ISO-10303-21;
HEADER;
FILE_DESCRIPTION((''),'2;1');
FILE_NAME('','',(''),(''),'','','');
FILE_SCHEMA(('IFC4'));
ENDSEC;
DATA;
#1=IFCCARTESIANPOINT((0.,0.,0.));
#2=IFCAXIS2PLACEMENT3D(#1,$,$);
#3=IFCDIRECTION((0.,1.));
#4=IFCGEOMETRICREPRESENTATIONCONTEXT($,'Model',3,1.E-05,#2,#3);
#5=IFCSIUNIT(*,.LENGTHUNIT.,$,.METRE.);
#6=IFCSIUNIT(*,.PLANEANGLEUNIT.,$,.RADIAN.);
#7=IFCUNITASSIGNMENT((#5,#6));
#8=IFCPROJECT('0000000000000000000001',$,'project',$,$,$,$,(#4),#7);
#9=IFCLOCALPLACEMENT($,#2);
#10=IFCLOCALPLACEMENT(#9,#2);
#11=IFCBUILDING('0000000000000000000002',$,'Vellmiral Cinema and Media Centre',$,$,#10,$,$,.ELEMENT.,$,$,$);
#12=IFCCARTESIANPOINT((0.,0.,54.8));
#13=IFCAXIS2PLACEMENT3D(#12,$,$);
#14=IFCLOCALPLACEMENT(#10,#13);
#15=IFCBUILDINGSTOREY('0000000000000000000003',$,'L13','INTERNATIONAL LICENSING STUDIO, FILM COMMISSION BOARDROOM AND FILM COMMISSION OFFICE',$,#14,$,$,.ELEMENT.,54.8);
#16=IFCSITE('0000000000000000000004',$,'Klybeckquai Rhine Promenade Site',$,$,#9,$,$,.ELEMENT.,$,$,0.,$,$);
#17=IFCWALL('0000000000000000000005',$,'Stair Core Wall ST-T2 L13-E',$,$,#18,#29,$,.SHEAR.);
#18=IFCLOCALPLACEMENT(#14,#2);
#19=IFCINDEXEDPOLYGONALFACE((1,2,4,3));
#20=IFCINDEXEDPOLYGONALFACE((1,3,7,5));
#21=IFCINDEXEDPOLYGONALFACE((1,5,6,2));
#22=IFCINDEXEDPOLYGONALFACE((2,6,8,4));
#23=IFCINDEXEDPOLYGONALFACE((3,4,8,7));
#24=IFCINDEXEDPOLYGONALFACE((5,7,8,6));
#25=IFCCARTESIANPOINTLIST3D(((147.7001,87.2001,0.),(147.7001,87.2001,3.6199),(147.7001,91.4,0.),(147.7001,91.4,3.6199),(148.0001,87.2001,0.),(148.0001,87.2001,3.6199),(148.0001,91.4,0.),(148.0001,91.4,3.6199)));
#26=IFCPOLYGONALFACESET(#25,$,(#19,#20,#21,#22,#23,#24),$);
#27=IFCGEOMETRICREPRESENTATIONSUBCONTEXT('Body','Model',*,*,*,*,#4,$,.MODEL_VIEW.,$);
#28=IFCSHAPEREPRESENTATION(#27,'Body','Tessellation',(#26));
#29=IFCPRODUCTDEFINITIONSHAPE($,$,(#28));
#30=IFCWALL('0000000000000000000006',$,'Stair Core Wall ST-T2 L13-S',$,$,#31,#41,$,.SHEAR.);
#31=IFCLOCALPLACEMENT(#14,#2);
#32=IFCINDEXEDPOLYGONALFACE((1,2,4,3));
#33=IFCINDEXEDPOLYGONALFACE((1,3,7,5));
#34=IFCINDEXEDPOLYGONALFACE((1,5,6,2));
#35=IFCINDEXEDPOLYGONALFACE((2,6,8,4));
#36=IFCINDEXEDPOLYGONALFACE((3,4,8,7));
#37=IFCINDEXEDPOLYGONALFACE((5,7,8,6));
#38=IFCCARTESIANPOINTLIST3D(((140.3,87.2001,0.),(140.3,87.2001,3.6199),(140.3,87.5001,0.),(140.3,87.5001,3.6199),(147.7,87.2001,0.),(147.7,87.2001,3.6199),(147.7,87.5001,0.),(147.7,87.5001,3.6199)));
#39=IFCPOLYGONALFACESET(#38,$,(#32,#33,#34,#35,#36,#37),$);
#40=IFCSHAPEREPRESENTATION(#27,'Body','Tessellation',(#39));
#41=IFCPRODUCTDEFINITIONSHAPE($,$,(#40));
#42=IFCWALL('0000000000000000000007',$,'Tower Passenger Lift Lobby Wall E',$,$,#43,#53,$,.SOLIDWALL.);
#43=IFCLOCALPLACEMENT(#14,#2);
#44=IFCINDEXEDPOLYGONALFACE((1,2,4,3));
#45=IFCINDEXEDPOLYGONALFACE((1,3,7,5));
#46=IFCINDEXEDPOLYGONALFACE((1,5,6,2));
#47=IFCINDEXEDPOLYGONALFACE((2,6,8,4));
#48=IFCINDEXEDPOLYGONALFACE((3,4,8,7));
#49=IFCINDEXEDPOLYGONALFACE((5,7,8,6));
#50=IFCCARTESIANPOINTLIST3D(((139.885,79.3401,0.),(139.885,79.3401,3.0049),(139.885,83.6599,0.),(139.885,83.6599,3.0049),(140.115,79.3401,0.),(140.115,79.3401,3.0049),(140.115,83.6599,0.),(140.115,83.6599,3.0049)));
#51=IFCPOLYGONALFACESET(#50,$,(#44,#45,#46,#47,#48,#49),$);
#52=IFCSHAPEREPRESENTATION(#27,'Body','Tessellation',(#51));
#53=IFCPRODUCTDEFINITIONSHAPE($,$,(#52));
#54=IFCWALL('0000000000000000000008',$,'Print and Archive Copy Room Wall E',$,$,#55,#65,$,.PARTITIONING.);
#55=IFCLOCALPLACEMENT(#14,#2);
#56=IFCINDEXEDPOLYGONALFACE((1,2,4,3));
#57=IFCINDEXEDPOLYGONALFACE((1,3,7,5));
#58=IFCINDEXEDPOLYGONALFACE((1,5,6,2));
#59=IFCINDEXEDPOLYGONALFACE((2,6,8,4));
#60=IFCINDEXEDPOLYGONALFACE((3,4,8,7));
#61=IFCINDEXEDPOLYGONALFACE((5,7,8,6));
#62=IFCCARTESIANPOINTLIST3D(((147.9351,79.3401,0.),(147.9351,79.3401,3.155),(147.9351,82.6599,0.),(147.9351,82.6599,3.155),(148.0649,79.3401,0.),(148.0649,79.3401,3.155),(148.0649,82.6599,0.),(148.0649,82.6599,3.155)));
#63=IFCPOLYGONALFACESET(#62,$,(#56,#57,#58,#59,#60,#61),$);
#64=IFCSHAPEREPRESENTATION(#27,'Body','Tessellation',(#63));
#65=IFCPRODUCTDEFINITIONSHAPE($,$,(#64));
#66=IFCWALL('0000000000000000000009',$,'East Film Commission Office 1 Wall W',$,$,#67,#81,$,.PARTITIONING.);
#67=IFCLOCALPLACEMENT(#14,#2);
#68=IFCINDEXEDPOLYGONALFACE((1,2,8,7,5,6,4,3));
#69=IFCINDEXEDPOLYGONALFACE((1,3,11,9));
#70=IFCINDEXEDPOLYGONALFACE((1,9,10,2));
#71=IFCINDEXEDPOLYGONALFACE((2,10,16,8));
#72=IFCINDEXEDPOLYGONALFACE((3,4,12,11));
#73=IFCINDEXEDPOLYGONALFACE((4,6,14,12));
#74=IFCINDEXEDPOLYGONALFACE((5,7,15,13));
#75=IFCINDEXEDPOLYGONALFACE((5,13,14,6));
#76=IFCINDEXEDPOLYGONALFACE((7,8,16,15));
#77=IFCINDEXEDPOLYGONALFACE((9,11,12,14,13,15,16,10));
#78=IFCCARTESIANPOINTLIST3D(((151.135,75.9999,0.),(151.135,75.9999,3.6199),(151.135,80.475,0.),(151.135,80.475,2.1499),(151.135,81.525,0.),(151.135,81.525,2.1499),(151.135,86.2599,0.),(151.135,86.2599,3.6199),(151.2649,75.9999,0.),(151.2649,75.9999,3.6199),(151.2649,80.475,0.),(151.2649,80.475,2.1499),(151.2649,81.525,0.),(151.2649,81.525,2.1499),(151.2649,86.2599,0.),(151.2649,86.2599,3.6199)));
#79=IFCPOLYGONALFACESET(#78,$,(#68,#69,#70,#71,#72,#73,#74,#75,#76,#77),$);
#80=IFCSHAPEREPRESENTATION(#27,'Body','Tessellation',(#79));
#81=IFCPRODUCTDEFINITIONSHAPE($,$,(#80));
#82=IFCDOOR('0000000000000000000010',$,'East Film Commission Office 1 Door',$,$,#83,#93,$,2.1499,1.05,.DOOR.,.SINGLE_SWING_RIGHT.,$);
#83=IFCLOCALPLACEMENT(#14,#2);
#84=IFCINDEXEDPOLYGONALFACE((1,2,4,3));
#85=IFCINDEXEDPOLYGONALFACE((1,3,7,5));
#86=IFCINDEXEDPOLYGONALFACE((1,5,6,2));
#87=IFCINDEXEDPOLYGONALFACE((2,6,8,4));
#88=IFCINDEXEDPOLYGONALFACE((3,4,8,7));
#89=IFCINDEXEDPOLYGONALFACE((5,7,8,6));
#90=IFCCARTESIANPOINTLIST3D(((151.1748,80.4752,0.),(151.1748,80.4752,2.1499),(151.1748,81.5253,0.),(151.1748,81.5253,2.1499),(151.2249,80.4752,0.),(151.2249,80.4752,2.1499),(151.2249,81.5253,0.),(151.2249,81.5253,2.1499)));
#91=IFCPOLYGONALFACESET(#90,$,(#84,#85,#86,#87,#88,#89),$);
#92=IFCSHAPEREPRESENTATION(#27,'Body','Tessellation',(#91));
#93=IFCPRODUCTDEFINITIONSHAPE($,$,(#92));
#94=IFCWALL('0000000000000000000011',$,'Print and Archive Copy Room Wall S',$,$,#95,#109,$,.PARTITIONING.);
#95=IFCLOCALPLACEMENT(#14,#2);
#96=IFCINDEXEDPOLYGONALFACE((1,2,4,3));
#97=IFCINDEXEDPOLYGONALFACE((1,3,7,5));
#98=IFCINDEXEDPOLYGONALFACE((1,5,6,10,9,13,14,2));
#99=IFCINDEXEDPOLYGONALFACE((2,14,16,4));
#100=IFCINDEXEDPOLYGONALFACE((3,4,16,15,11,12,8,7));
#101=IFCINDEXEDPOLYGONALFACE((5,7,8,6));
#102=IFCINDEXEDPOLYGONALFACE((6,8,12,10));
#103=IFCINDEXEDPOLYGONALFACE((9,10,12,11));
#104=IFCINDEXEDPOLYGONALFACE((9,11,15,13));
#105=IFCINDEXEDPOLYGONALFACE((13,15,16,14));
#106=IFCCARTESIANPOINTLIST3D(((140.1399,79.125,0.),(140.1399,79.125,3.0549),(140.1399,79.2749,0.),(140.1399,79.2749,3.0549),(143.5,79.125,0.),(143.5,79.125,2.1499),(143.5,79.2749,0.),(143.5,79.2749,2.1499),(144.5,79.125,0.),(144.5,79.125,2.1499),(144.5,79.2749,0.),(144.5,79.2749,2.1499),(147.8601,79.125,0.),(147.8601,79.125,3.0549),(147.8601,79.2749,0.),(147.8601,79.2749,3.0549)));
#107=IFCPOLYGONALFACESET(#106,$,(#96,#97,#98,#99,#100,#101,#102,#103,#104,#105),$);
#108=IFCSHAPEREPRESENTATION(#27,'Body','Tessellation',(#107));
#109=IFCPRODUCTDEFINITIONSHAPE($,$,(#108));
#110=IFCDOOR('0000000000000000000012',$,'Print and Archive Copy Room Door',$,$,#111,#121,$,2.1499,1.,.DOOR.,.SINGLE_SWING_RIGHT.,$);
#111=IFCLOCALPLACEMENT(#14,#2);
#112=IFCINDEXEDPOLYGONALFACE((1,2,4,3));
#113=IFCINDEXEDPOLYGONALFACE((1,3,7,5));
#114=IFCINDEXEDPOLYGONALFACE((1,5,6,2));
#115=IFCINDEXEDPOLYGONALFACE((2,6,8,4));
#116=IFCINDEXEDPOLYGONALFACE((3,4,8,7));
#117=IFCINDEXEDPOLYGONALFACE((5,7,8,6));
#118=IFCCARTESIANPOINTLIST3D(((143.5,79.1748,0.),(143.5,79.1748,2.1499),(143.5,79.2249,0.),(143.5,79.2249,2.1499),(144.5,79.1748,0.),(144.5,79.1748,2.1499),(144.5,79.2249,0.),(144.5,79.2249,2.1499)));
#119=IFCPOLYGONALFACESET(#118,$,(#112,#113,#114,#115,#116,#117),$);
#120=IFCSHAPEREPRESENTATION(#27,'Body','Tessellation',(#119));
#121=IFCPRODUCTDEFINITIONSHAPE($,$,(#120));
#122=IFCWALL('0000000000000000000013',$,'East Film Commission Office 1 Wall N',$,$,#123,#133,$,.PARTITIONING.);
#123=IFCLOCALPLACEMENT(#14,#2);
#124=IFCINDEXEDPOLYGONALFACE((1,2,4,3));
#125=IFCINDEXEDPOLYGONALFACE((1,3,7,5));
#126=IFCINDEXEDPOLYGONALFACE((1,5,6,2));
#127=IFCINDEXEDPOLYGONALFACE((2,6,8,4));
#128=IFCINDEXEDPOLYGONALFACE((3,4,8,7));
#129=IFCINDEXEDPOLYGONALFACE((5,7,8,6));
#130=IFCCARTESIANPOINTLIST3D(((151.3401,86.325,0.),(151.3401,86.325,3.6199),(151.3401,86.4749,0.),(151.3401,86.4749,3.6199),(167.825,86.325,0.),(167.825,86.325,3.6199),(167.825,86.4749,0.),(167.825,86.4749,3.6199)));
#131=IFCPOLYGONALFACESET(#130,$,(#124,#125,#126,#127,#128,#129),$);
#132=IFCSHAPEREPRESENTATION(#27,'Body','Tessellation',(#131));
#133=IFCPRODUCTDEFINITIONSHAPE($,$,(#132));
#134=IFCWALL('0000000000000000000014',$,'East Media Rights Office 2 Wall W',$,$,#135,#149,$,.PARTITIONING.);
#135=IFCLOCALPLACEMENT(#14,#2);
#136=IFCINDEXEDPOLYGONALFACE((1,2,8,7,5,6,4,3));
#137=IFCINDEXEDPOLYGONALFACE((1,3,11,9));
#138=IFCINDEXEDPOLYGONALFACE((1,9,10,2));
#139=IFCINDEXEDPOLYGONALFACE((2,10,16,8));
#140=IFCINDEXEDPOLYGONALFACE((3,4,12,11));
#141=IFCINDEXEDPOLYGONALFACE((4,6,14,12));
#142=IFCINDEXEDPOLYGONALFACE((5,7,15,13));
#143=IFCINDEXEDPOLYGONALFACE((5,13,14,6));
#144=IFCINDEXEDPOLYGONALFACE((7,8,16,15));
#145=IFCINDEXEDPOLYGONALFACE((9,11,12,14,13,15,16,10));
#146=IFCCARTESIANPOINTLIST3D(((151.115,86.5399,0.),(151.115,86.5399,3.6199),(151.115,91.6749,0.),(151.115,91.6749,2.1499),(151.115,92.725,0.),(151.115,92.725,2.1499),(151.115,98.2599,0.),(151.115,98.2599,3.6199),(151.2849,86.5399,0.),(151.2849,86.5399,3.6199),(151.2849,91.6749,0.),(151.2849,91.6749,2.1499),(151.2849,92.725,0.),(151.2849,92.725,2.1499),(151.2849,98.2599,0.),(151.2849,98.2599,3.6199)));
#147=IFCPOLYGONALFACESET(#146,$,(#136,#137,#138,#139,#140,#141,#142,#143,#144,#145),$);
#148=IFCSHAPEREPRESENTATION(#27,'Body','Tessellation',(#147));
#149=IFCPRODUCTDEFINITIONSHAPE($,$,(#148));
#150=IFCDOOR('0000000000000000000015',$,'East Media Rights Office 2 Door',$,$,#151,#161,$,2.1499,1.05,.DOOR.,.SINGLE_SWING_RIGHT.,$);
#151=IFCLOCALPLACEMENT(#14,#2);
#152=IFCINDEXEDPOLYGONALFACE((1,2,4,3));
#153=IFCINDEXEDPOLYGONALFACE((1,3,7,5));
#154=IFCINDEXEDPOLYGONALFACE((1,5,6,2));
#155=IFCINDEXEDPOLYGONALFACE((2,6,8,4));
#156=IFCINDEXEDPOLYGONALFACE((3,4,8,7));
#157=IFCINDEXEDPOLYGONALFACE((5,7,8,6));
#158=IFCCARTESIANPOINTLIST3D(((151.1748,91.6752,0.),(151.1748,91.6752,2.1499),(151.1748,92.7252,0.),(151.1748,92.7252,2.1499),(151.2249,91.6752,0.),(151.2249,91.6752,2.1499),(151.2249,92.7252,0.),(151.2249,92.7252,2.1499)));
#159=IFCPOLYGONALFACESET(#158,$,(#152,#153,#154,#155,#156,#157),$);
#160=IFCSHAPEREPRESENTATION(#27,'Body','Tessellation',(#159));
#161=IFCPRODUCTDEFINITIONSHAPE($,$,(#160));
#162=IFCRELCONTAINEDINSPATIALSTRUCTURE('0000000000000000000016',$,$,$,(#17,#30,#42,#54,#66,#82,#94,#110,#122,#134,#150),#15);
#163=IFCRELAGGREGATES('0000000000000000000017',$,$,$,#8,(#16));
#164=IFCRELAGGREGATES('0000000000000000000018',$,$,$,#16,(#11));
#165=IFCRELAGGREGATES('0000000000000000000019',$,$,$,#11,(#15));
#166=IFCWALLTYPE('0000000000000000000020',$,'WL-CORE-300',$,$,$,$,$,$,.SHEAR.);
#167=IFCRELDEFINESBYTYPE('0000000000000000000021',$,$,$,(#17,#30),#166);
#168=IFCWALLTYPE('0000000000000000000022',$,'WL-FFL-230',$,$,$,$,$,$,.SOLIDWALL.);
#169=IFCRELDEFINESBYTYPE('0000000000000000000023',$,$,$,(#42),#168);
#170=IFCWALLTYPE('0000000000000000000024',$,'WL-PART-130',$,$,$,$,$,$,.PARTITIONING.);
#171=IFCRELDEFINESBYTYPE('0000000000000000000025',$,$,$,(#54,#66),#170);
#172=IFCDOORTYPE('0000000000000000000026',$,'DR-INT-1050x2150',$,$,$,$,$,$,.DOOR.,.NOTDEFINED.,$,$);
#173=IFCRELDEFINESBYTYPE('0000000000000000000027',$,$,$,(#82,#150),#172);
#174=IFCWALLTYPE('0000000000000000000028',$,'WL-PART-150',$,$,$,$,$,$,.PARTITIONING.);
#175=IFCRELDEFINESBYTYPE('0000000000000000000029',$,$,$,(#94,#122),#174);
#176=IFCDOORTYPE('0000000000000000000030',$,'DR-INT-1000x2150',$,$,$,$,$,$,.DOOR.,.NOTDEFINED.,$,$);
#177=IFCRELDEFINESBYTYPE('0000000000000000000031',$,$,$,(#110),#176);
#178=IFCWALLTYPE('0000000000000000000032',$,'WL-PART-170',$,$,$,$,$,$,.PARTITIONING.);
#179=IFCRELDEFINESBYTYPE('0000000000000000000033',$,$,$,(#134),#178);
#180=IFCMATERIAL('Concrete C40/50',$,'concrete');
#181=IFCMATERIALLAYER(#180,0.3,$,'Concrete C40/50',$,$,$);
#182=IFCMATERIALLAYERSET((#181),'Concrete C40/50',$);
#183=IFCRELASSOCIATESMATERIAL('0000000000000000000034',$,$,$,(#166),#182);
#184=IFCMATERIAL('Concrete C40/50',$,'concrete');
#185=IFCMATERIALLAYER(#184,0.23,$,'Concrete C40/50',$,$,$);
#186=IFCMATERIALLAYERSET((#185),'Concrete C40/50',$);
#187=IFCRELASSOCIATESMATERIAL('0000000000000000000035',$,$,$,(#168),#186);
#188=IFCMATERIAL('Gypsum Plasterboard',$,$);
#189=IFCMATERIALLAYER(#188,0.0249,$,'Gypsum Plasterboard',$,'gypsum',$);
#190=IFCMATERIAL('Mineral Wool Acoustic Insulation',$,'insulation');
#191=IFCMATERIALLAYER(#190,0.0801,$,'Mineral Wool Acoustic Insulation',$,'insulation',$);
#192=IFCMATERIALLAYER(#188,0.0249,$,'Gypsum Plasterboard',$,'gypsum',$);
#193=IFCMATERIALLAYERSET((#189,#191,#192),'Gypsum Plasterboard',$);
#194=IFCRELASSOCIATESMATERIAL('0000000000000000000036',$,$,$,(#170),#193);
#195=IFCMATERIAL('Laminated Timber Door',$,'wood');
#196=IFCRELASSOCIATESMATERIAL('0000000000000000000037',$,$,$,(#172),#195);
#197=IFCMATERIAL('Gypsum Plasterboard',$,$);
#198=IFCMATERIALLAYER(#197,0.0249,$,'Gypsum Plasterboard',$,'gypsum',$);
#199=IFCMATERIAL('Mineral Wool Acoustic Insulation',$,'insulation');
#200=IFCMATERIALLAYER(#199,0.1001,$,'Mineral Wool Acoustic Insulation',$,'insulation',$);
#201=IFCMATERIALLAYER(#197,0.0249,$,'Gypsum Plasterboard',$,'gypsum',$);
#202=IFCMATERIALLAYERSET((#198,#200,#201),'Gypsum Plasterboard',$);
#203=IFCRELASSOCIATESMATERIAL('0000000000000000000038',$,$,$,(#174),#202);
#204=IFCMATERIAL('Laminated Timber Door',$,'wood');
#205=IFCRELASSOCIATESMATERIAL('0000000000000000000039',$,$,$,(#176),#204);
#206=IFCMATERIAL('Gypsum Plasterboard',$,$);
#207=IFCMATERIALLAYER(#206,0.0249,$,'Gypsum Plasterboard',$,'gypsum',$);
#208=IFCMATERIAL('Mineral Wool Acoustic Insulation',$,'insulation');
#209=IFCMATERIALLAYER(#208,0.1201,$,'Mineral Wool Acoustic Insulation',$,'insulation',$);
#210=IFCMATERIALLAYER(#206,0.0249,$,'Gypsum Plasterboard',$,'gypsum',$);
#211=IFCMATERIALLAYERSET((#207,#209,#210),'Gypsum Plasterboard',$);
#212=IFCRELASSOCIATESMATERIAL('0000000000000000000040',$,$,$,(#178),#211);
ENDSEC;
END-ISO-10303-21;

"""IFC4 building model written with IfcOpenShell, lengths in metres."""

from ifc_helpers import new_model, si_unit, direction, frame, frame_2d, origin, place, context, subcontext, project, spatial, rectangle, extrude, material, layer, layer_set, type_object, element, fill, save


model = new_model("IFC4")

# Units and contexts
model_context = context("Model", 3, precision=1e-05, world=origin(), true_north=direction((0.0, 1.0)))
body_context = subcontext(model_context, "Body", "Model", "MODEL_VIEW")
ifc_project = project(units=[si_unit("LENGTHUNIT", "METRE"), si_unit("PLANEANGLEUNIT", "RADIAN")], contexts=[model_context])

# Site, building, storey
site_placement = place(None, origin())
site = spatial("IfcSite", under=ifc_project, at=site_placement, Name="Klybeckquai Rhine Promenade Site", CompositionType="ELEMENT", RefElevation=0.0)
building_placement = place(site_placement, origin())
building = spatial("IfcBuilding", under=site, at=building_placement, Name="Vellmiral Cinema and Media Centre", CompositionType="ELEMENT")
storey_placement = place(building_placement, frame((0.0, 0.0, 54.8)))
storey = spatial("IfcBuildingStorey", under=building, at=storey_placement, Name="L13", Description="INTERNATIONAL LICENSING STUDIO, FILM COMMISSION BOARDROOM AND FILM COMMISSION OFFICE", CompositionType="ELEMENT", Elevation=54.8)

# Walls
ifc_material_1 = material(Name="Concrete C40/50", Category="concrete")
ifc_layer_1 = layer(ifc_material_1, 0.3, Name="Concrete C40/50")
ifc_layer_set_1 = layer_set([ifc_layer_1], Name="Concrete C40/50")
wall_type_1 = type_object("IfcWallType", Name="WL-CORE-300", PredefinedType="SHEAR", material=ifc_layer_set_1)
for number, where, z_axis, x_axis, name in (
    (1, (147.8501, 87.2, 0.0), (0.0, 0.0, 1.0), (0.0, 1.0, 0.0), "Stair Core Wall ST-T2 L13-E"),
):
    element("IfcWall", number, at=place(storey_placement, frame(where, z_axis=z_axis, x_axis=x_axis)), inside=storey, type_object=wall_type_1, Name=name, PredefinedType="SHEAR", context=body_context, shape_type="SweptSolid", body=[
        extrude(rectangle(XDim=4.2, YDim=0.3, at=frame_2d((2.1001, 0.0))), origin(), (0.0, 0.0, 1.0), 3.6199),
    ])
wall_1_placement = place(storey_placement, frame((140.3, 87.3501, 0.0), z_axis=(0.0, 0.0, 1.0), x_axis=(1.0, 0.0, 0.0)))
element("IfcWall", 2, at=wall_1_placement, inside=storey, type_object=wall_type_1, Name="Stair Core Wall ST-T2 L13-S", PredefinedType="SHEAR", context=body_context, shape_type="SweptSolid", body=[
    extrude(rectangle(XDim=7.3999, YDim=0.3, at=frame_2d((3.7, 0.0))), origin(), (0.0, 0.0, 1.0), 3.6199),
])
ifc_material_2 = material(Name="Concrete C40/50", Category="concrete")
ifc_layer_2 = layer(ifc_material_2, 0.23, Name="Concrete C40/50")
ifc_layer_set_2 = layer_set([ifc_layer_2], Name="Concrete C40/50")
wall_type_2 = type_object("IfcWallType", Name="WL-FFL-230", PredefinedType="SOLIDWALL", material=ifc_layer_set_2)
wall_2_placement = place(storey_placement, frame((140.0, 79.3401, 0.0), z_axis=(0.0, 0.0, 1.0), x_axis=(0.0, 1.0, 0.0)))
element("IfcWall", 3, at=wall_2_placement, inside=storey, type_object=wall_type_2, Name="Tower Passenger Lift Lobby Wall E", PredefinedType="SOLIDWALL", context=body_context, shape_type="SweptSolid", body=[
    extrude(rectangle(XDim=4.3198, YDim=0.23, at=frame_2d((2.1599, 0.0))), origin(), (0.0, 0.0, 1.0), 3.0049),
])
ifc_material_3 = material(Name="Gypsum Plasterboard")
ifc_layer_3 = layer(ifc_material_3, 0.0249, Name="Gypsum Plasterboard", Category="gypsum")
ifc_material_4 = material(Name="Mineral Wool Acoustic Insulation", Category="insulation")
ifc_layer_4 = layer(ifc_material_4, 0.0801, Name="Mineral Wool Acoustic Insulation", Category="insulation")
ifc_layer_5 = layer(ifc_material_3, 0.0249, Name="Gypsum Plasterboard", Category="gypsum")
ifc_layer_set_3 = layer_set([ifc_layer_3, ifc_layer_4, ifc_layer_5], Name="Gypsum Plasterboard")
wall_type_3 = type_object("IfcWallType", Name="WL-PART-130", PredefinedType="PARTITIONING", material=ifc_layer_set_3)
wall_3_placement = place(storey_placement, frame((148.0, 79.3401, 0.0), z_axis=(0.0, 0.0, 1.0), x_axis=(0.0, 1.0, 0.0)))
element("IfcWall", 4, at=wall_3_placement, inside=storey, type_object=wall_type_3, Name="Print and Archive Copy Room Wall E", PredefinedType="PARTITIONING", context=body_context, shape_type="SweptSolid", body=[
    extrude(rectangle(XDim=3.3198, YDim=0.1299, at=frame_2d((1.6599, 0.0))), origin(), (0.0, 0.0, 1.0), 3.155),
])

# Walls, openings, doors
wall_4_placement = place(storey_placement, frame((151.2, 76.0, 0.0), z_axis=(0.0, 0.0, 1.0), x_axis=(0.0, 1.0, 0.0)))
wall_4 = element("IfcWall", 5, at=wall_4_placement, inside=storey, type_object=wall_type_3, Name="East Film Commission Office 1 Wall W", PredefinedType="PARTITIONING", context=body_context, shape_type="SweptSolid", body=[
    extrude(rectangle(XDim=10.26, YDim=0.1299, at=frame_2d((5.1299, 0.0))), origin(), (0.0, 0.0, 1.0), 3.6199),
])
opening_1_placement = place(wall_4_placement, frame((4.4751, 0.0, 0.0)))
opening_1 = element("IfcOpeningElement", 6, at=opening_1_placement, cuts=wall_4, PredefinedType="OPENING", context=body_context, shape_type="SweptSolid", body=[
    extrude(rectangle(XDim=1.05, YDim=2.1499, at=frame_2d((0.5249, 1.075))), frame((0.0, 0.0769, 0.0), z_axis=(0.0, -1.0, 0.0), x_axis=(1.0, 0.0, 0.0)), (0.0, 0.0, 1.0), 0.1538),
])
ifc_material_5 = material(Name="Laminated Timber Door", Category="wood")
door_type_1 = type_object("IfcDoorType", Name="DR-INT-1050x2150", OperationType="NOTDEFINED", PredefinedType="DOOR", material=ifc_material_5)
door_1_placement = place(opening_1_placement, frame((1.05, 0.0, 0.0), z_axis=(0.0, 0.0, 1.0), x_axis=(-1.0, 0.0, 0.0)))
door_1 = element("IfcDoor", 7, at=door_1_placement, inside=storey, type_object=door_type_1, Name="East Film Commission Office 1 Door", OperationType="SINGLE_SWING_RIGHT", OverallHeight=2.1499, OverallWidth=1.05, PredefinedType="DOOR", context=body_context, shape_type="SweptSolid", body=[
    extrude(rectangle(XDim=1.05, YDim=2.1499, at=frame_2d((0.5249, 1.075))), frame((0.0, 0.0249, 0.0), z_axis=(0.0, -1.0, 0.0), x_axis=(1.0, 0.0, 0.0)), (0.0, 0.0, 1.0), 0.05),
])
fill(opening_1, door_1)
ifc_material_6 = material(Name="Gypsum Plasterboard")
ifc_layer_6 = layer(ifc_material_6, 0.0249, Name="Gypsum Plasterboard", Category="gypsum")
ifc_material_7 = material(Name="Mineral Wool Acoustic Insulation", Category="insulation")
ifc_layer_7 = layer(ifc_material_7, 0.1001, Name="Mineral Wool Acoustic Insulation", Category="insulation")
ifc_layer_8 = layer(ifc_material_6, 0.0249, Name="Gypsum Plasterboard", Category="gypsum")
ifc_layer_set_4 = layer_set([ifc_layer_6, ifc_layer_7, ifc_layer_8], Name="Gypsum Plasterboard")
wall_type_4 = type_object("IfcWallType", Name="WL-PART-150", PredefinedType="PARTITIONING", material=ifc_layer_set_4)
wall_5_placement = place(storey_placement, frame((140.1399, 79.2, 0.0), z_axis=(0.0, 0.0, 1.0), x_axis=(1.0, 0.0, 0.0)))
wall_5 = element("IfcWall", 8, at=wall_5_placement, inside=storey, type_object=wall_type_4, Name="Print and Archive Copy Room Wall S", PredefinedType="PARTITIONING", context=body_context, shape_type="SweptSolid", body=[
    extrude(rectangle(XDim=7.7202, YDim=0.1499, at=frame_2d((3.8601, 0.0))), origin(), (0.0, 0.0, 1.0), 3.0549),
])
opening_2_placement = place(wall_5_placement, frame((3.3601, 0.0, 0.0)))
opening_2 = element("IfcOpeningElement", 9, at=opening_2_placement, cuts=wall_5, PredefinedType="OPENING", context=body_context, shape_type="SweptSolid", body=[
    extrude(rectangle(XDim=1.0, YDim=2.1499, at=frame_2d((0.5, 1.075))), frame((0.0, 0.0869, 0.0), z_axis=(0.0, -1.0, 0.0), x_axis=(1.0, 0.0, 0.0)), (0.0, 0.0, 1.0), 0.1738),
])
ifc_material_8 = material(Name="Laminated Timber Door", Category="wood")
door_type_2 = type_object("IfcDoorType", Name="DR-INT-1000x2150", OperationType="NOTDEFINED", PredefinedType="DOOR", material=ifc_material_8)
door_2_placement = place(opening_2_placement, origin())
door_2 = element("IfcDoor", 10, at=door_2_placement, inside=storey, type_object=door_type_2, Name="Print and Archive Copy Room Door", OperationType="SINGLE_SWING_RIGHT", OverallHeight=2.1499, OverallWidth=1.0, PredefinedType="DOOR", context=body_context, shape_type="SweptSolid", body=[
    extrude(rectangle(XDim=1.0, YDim=2.1499, at=frame_2d((0.5, 1.075))), frame((0.0, 0.0249, 0.0), z_axis=(0.0, -1.0, 0.0), x_axis=(1.0, 0.0, 0.0)), (0.0, 0.0, 1.0), 0.05),
])
fill(opening_2, door_2)

# Wall
wall_6_placement = place(storey_placement, frame((151.3401, 86.3999, 0.0), z_axis=(0.0, 0.0, 1.0), x_axis=(1.0, 0.0, 0.0)))
element("IfcWall", 11, at=wall_6_placement, inside=storey, type_object=wall_type_4, Name="East Film Commission Office 1 Wall N", PredefinedType="PARTITIONING", context=body_context, shape_type="SweptSolid", body=[
    extrude(rectangle(XDim=16.4849, YDim=0.1499, at=frame_2d((8.2424, 0.0))), origin(), (0.0, 0.0, 1.0), 3.6199),
])

# Wall, opening, door
ifc_material_9 = material(Name="Gypsum Plasterboard")
ifc_layer_9 = layer(ifc_material_9, 0.0249, Name="Gypsum Plasterboard", Category="gypsum")
ifc_material_10 = material(Name="Mineral Wool Acoustic Insulation", Category="insulation")
ifc_layer_10 = layer(ifc_material_10, 0.1201, Name="Mineral Wool Acoustic Insulation", Category="insulation")
ifc_layer_11 = layer(ifc_material_9, 0.0249, Name="Gypsum Plasterboard", Category="gypsum")
ifc_layer_set_5 = layer_set([ifc_layer_9, ifc_layer_10, ifc_layer_11], Name="Gypsum Plasterboard")
wall_type_5 = type_object("IfcWallType", Name="WL-PART-170", PredefinedType="PARTITIONING", material=ifc_layer_set_5)
wall_7_placement = place(storey_placement, frame((151.2, 86.54, 0.0), z_axis=(0.0, 0.0, 1.0), x_axis=(0.0, 1.0, 0.0)))
wall_7 = element("IfcWall", 12, at=wall_7_placement, inside=storey, type_object=wall_type_5, Name="East Media Rights Office 2 Wall W", PredefinedType="PARTITIONING", context=body_context, shape_type="SweptSolid", body=[
    extrude(rectangle(XDim=11.72, YDim=0.1699, at=frame_2d((5.8599, 0.0))), origin(), (0.0, 0.0, 1.0), 3.6199),
])
opening_3_placement = place(wall_7_placement, frame((5.135, 0.0, 0.0)))
opening_3 = element("IfcOpeningElement", 13, at=opening_3_placement, cuts=wall_7, PredefinedType="OPENING", context=body_context, shape_type="SweptSolid", body=[
    extrude(rectangle(XDim=1.05, YDim=2.1499, at=frame_2d((0.5249, 1.075))), frame((0.0, 0.0969, 0.0), z_axis=(0.0, -1.0, 0.0), x_axis=(1.0, 0.0, 0.0)), (0.0, 0.0, 1.0), 0.1938),
])
door_3_placement = place(opening_3_placement, frame((1.05, 0.0, 0.0), z_axis=(0.0, 0.0, 1.0), x_axis=(-1.0, 0.0, 0.0)))
door_3 = element("IfcDoor", 14, at=door_3_placement, inside=storey, type_object=door_type_1, Name="East Media Rights Office 2 Door", OperationType="SINGLE_SWING_RIGHT", OverallHeight=2.1499, OverallWidth=1.05, PredefinedType="DOOR", context=body_context, shape_type="SweptSolid", body=[
    extrude(rectangle(XDim=1.05, YDim=2.1499, at=frame_2d((0.5249, 1.075))), frame((0.0, 0.0249, 0.0), z_axis=(0.0, -1.0, 0.0), x_axis=(1.0, 0.0, 0.0)), (0.0, 0.0, 1.0), 0.05),
])
fill(opening_3, door_3)

save(model, "model.ifc")
